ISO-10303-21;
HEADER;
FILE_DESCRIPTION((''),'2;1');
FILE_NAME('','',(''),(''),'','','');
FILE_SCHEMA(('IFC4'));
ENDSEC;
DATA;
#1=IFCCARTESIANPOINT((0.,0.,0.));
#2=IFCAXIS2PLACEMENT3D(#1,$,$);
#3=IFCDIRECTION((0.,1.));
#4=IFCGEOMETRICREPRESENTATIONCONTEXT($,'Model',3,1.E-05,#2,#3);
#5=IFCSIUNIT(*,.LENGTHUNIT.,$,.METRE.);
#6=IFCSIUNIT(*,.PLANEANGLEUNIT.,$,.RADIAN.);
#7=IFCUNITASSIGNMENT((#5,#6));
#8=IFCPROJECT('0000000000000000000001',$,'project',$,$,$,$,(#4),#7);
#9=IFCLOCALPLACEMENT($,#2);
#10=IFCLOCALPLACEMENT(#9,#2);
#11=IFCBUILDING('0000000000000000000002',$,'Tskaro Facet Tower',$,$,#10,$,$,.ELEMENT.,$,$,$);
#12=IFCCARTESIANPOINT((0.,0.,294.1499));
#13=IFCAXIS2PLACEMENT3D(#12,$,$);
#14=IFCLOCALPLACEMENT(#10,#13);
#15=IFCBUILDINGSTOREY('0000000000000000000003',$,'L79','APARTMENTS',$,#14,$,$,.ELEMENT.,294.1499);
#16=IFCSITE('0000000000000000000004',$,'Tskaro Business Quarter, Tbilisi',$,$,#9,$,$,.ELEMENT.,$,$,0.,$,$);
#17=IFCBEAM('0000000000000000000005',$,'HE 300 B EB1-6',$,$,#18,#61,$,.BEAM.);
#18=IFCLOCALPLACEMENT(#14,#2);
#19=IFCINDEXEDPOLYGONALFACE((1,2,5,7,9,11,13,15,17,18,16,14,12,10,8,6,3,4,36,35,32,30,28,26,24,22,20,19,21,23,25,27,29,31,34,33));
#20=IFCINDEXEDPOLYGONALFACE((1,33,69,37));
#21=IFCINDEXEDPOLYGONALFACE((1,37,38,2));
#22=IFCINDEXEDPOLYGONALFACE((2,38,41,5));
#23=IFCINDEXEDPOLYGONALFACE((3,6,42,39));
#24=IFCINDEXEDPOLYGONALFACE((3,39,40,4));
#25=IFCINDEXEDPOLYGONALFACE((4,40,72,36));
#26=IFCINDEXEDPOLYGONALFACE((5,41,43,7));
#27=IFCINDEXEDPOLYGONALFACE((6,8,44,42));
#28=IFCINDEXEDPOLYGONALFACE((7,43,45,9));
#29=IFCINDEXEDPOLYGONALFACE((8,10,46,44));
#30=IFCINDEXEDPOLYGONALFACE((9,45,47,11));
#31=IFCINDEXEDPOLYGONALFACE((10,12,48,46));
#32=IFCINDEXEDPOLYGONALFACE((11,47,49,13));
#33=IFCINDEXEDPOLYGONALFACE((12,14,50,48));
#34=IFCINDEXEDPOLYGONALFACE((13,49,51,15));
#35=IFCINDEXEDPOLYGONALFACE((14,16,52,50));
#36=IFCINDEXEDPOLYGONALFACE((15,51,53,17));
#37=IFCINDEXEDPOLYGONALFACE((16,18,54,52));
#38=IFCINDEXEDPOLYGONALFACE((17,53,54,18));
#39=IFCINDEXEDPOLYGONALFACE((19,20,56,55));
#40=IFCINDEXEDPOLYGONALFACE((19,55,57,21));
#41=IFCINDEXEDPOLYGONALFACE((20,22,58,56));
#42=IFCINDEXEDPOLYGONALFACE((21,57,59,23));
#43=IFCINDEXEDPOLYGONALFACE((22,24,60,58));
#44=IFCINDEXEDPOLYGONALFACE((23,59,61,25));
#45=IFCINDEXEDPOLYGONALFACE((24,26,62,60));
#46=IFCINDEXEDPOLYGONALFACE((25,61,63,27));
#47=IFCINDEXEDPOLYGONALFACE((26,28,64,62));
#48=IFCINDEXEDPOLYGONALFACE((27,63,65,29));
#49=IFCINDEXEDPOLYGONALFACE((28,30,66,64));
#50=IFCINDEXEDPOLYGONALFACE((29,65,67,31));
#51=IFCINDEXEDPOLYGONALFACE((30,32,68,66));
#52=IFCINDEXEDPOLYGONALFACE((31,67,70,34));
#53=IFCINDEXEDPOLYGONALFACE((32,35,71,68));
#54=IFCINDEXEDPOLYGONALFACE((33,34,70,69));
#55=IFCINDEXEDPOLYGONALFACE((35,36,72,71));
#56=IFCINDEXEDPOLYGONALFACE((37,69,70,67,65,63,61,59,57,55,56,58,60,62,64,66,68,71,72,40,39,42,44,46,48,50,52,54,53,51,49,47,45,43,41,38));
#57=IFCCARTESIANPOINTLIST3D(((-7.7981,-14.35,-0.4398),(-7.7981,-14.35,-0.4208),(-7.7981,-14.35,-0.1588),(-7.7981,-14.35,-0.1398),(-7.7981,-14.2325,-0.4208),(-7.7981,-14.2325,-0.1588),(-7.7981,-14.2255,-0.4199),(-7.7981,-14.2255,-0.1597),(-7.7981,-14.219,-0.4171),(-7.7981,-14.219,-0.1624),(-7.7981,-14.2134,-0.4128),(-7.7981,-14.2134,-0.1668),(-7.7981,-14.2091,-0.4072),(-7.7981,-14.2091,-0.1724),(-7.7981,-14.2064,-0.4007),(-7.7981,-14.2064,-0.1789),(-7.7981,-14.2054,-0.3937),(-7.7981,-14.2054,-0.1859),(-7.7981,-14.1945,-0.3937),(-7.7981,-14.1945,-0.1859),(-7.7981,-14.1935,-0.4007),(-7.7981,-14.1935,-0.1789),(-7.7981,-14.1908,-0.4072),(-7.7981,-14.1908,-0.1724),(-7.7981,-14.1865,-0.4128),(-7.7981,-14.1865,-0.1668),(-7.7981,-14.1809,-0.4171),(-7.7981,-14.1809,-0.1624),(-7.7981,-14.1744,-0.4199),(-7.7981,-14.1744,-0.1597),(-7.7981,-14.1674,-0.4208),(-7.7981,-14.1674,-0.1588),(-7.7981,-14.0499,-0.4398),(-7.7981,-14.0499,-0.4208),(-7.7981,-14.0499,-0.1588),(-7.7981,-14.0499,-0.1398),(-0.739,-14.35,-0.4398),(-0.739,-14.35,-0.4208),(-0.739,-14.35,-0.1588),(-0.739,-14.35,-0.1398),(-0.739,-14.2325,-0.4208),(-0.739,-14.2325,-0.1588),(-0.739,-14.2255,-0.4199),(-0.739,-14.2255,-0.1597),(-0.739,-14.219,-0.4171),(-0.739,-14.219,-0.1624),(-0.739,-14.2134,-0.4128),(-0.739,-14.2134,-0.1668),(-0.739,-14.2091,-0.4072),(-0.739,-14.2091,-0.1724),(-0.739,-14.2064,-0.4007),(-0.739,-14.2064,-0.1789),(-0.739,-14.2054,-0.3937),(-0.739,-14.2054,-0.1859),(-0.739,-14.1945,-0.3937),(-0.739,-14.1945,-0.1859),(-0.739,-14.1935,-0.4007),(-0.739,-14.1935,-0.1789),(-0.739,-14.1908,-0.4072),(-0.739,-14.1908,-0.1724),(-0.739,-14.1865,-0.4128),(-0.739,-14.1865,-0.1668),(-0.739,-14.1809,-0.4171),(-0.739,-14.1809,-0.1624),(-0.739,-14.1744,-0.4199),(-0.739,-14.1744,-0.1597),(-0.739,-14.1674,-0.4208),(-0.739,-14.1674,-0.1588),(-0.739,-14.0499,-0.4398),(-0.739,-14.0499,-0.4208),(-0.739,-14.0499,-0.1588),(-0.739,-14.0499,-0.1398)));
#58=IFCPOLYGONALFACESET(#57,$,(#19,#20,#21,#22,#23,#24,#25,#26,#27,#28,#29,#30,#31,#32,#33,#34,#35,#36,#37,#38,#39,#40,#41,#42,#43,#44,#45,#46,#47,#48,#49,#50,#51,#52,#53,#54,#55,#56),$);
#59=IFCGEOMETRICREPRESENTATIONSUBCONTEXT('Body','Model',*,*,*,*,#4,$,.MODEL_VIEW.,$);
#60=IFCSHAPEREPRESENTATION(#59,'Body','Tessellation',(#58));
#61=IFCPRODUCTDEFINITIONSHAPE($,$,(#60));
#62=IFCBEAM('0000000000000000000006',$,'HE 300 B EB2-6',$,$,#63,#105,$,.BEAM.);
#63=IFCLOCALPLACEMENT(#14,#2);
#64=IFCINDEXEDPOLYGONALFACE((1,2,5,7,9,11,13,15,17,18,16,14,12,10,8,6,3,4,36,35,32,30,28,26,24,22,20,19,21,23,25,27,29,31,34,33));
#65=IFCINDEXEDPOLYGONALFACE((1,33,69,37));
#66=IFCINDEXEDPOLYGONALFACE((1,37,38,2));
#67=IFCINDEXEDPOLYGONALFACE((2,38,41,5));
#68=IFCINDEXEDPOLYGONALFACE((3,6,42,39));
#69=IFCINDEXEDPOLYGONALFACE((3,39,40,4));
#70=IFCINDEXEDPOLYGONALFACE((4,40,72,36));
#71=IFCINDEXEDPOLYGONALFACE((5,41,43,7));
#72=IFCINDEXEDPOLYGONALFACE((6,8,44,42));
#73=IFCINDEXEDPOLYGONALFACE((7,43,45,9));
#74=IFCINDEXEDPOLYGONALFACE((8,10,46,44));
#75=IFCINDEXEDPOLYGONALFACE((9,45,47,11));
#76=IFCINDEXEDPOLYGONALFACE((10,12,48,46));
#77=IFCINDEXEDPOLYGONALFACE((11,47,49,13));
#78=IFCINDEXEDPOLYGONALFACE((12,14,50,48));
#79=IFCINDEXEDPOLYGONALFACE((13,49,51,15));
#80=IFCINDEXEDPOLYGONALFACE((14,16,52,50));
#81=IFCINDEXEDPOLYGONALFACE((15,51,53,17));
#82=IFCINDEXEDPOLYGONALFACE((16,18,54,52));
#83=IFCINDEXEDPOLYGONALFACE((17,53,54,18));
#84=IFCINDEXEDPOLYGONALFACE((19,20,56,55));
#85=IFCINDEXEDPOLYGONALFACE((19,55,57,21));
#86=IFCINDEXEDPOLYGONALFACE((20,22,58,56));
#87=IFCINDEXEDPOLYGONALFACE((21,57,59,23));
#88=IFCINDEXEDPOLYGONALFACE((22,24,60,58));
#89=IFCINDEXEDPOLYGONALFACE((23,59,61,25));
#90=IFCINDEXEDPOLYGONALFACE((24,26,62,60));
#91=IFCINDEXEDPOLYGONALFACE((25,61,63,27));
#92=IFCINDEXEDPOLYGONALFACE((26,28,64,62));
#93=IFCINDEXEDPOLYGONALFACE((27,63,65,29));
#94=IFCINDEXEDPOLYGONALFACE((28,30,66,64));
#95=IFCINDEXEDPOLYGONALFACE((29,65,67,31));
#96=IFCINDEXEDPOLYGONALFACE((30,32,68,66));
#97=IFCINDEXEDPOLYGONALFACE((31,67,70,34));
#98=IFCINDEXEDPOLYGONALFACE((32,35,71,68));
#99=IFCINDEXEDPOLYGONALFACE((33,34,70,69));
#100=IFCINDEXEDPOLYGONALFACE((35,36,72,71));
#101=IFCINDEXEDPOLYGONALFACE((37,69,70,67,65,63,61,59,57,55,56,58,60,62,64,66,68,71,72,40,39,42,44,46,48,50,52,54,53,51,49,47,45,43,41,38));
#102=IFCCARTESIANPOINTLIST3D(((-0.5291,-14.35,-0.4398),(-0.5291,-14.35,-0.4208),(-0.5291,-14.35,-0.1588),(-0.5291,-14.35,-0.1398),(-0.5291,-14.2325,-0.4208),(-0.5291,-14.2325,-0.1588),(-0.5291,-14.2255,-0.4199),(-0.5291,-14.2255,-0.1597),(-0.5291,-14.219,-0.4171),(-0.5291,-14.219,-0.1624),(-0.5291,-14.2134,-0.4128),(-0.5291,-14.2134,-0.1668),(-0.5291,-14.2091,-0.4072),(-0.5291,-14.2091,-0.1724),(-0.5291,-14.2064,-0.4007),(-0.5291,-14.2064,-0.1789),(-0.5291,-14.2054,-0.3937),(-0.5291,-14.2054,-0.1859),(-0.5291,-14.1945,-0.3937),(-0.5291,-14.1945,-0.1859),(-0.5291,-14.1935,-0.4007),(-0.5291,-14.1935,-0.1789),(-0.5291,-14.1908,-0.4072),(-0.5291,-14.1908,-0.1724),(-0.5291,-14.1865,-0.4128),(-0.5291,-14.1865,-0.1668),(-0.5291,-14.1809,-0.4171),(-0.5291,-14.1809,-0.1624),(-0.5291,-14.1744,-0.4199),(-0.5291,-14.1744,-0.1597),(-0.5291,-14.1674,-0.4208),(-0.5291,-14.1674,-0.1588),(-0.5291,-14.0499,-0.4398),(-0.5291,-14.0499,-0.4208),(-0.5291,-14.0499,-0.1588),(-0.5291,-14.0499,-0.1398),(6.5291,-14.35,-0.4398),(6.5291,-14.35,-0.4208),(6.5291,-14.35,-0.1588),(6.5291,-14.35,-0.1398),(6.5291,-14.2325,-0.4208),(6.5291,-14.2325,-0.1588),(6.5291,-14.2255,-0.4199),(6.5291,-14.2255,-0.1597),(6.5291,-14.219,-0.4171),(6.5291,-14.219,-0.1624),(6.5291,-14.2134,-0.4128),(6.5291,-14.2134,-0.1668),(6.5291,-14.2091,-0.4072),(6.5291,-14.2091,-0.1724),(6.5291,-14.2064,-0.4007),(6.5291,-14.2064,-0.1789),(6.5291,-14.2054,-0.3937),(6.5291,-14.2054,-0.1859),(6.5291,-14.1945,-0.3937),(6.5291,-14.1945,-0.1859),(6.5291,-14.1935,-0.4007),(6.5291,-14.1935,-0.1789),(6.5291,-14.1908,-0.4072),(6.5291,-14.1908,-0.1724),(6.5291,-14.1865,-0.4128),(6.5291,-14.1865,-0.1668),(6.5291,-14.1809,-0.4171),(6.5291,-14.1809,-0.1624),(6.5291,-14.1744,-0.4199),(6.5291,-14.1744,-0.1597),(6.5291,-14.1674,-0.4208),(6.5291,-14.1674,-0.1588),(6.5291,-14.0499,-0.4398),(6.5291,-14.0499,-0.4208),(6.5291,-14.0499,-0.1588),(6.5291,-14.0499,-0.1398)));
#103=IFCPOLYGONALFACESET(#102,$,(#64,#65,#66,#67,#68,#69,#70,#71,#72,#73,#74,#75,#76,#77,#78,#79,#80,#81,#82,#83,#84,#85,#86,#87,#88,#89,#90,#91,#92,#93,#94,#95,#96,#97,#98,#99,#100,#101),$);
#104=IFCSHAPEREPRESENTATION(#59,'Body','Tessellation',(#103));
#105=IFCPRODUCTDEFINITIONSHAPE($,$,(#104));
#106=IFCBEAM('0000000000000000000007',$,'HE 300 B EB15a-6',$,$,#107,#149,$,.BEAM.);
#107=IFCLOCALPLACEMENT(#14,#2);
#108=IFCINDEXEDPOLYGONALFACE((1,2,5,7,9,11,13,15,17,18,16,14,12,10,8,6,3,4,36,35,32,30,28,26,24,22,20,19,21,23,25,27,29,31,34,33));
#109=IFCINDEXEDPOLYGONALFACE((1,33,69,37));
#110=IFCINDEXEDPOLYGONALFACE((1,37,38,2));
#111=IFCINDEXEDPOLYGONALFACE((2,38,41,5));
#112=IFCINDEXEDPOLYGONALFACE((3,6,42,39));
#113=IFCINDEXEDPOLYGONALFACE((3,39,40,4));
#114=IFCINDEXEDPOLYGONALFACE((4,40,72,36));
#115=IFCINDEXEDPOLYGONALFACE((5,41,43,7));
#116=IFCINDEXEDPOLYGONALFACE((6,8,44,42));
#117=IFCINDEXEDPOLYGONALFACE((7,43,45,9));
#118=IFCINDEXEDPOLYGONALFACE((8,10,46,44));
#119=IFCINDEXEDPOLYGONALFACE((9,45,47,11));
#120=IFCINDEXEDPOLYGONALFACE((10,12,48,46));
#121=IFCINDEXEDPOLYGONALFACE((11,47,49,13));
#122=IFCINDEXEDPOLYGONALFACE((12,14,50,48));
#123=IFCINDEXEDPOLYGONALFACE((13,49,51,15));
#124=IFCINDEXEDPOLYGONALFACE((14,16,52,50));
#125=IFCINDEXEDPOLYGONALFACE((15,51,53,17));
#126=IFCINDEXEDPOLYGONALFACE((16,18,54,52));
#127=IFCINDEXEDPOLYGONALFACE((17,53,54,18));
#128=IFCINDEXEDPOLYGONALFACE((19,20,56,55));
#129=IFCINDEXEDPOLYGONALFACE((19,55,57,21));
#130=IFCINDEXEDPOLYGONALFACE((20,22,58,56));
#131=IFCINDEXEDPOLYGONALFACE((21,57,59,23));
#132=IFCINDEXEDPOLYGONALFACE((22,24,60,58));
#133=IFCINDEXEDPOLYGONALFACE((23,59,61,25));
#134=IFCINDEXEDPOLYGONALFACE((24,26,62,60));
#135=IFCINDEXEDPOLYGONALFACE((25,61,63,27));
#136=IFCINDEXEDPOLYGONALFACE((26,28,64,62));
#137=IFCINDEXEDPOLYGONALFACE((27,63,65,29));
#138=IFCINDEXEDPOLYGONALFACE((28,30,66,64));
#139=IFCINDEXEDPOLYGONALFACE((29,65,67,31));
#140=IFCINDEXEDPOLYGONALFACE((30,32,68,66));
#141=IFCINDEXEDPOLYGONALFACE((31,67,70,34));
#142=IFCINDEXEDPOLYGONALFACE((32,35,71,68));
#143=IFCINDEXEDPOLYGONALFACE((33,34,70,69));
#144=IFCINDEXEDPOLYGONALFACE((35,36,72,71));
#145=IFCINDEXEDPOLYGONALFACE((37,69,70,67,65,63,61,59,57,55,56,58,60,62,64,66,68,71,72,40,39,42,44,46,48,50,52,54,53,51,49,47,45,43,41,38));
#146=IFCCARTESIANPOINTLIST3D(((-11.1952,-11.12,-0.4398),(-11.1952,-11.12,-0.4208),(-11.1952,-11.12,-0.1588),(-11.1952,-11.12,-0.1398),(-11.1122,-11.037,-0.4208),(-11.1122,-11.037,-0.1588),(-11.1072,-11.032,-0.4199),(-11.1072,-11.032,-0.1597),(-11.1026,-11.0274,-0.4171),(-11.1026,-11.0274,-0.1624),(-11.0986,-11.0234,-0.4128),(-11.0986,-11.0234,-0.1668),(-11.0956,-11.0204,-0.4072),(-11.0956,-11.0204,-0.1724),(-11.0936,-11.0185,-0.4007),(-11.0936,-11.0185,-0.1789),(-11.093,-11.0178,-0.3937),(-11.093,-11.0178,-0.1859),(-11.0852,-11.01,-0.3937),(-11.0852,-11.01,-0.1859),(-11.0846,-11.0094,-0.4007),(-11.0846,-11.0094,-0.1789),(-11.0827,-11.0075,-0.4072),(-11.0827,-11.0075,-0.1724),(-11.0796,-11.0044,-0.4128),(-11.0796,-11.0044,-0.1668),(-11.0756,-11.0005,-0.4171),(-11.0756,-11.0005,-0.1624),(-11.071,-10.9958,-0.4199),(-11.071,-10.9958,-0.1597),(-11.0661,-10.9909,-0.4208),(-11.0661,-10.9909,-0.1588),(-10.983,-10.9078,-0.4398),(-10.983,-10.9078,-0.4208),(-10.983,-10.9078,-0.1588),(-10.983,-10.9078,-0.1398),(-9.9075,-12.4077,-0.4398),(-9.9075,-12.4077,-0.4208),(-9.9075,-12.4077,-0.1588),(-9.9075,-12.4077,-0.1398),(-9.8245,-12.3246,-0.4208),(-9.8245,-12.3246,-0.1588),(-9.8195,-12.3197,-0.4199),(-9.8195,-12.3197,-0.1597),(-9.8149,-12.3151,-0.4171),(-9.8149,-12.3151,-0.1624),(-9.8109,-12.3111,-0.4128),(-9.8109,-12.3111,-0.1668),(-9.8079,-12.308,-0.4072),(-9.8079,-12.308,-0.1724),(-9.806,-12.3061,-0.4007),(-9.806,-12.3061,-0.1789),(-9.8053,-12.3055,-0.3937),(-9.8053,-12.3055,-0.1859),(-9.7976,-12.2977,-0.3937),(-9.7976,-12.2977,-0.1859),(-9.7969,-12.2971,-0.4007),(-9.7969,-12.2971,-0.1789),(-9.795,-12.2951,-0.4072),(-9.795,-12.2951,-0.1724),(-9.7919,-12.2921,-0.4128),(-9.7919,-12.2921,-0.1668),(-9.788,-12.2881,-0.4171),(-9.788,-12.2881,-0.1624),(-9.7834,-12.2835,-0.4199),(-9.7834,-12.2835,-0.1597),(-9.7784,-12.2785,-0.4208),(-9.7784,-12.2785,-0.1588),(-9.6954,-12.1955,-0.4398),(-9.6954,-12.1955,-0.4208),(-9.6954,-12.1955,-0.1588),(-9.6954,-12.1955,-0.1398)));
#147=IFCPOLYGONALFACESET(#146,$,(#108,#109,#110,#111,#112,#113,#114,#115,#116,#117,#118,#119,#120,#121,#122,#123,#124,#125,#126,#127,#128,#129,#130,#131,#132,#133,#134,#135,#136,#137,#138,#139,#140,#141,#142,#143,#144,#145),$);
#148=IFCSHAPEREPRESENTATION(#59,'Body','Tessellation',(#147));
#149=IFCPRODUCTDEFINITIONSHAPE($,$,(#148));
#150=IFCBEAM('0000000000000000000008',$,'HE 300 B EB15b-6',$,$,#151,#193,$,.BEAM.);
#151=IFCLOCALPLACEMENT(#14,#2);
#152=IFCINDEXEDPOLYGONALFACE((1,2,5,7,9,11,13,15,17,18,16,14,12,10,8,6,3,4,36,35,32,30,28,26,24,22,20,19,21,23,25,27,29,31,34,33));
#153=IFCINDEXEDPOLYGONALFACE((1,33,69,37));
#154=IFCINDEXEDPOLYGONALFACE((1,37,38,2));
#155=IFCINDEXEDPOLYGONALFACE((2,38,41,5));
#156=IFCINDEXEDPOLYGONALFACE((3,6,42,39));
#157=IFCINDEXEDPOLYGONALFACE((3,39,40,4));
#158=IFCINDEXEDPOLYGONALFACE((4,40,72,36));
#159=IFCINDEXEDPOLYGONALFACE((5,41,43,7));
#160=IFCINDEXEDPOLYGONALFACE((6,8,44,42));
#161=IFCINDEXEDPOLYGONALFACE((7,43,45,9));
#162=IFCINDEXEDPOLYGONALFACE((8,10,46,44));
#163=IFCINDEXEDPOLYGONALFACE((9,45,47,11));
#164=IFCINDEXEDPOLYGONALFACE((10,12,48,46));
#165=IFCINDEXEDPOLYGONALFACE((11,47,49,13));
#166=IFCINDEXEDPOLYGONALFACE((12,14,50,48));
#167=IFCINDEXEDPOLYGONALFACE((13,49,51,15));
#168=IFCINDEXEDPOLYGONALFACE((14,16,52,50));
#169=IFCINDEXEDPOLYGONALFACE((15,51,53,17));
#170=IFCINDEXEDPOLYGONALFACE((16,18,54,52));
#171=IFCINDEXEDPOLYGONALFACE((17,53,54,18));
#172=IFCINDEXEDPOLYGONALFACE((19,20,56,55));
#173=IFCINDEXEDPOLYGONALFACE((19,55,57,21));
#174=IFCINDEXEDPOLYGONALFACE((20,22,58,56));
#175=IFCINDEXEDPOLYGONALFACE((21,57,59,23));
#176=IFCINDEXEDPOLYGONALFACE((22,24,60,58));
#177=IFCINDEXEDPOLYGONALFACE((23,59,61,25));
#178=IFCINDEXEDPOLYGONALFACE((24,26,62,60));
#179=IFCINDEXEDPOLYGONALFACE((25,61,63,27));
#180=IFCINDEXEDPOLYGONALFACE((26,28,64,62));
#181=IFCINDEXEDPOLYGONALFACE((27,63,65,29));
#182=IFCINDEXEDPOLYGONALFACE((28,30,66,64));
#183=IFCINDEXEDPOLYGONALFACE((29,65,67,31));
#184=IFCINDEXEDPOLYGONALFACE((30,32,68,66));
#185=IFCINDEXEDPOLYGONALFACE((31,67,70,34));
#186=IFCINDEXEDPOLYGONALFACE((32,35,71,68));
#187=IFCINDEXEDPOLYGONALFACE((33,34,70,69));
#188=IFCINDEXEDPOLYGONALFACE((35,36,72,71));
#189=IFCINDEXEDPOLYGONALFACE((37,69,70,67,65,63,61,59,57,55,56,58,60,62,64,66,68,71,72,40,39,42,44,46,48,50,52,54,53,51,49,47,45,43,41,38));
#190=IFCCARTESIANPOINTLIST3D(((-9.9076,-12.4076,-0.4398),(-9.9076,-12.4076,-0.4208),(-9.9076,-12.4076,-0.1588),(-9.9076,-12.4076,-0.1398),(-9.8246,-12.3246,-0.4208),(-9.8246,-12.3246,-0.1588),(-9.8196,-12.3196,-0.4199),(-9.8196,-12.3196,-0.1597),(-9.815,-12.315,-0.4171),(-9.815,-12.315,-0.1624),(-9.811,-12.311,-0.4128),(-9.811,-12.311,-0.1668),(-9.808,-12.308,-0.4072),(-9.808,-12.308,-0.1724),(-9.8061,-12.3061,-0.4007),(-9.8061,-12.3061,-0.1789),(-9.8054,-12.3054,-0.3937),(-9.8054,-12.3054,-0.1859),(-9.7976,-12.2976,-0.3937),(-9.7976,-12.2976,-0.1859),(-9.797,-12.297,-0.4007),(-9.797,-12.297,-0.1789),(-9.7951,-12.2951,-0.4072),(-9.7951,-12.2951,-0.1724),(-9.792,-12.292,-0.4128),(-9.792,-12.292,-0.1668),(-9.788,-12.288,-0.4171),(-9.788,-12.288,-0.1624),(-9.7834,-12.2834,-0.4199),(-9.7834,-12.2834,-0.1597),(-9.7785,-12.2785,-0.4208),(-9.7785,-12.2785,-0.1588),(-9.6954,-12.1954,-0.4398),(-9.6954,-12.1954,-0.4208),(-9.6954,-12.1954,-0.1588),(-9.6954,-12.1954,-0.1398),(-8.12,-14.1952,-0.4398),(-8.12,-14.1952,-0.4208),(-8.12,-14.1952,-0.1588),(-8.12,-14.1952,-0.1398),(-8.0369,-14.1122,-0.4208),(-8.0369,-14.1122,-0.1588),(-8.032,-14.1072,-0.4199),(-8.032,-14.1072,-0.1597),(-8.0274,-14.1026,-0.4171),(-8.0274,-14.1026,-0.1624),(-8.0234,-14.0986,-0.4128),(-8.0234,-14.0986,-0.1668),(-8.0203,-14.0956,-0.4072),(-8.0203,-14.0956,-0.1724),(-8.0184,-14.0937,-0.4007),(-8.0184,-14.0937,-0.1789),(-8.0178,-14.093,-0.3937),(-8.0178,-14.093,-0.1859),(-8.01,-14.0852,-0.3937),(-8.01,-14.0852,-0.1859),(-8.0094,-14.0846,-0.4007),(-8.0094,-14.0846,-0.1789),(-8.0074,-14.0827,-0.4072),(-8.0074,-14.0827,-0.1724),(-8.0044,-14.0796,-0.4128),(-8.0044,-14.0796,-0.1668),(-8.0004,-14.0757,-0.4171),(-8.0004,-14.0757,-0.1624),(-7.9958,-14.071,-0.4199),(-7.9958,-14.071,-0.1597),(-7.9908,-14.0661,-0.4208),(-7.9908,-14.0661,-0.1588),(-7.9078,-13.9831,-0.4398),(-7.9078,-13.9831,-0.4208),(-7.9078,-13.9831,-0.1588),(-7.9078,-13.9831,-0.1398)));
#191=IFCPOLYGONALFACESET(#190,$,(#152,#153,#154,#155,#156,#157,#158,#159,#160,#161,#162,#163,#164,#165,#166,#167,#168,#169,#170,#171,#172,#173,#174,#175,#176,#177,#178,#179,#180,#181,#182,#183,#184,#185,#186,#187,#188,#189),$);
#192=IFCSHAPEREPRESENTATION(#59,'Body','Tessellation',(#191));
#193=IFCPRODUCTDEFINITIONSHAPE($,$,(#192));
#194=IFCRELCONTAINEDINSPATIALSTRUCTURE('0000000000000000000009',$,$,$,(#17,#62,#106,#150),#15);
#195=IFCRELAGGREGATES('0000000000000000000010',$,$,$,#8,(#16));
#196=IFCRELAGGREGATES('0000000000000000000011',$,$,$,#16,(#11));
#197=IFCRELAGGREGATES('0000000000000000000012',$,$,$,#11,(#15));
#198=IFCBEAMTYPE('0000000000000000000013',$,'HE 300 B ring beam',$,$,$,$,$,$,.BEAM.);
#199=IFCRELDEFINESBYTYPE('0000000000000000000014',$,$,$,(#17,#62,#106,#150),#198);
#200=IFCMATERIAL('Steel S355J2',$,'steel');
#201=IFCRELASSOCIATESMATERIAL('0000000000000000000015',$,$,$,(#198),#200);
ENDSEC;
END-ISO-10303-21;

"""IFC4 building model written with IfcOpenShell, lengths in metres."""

from ifc_helpers import new_model, si_unit, direction, frame, origin, origin_2d, place, context, subcontext, project, spatial, i_section, extrude, material, material_profile, profile_set, type_object, element, save


model = new_model("IFC4")

# Units and contexts
model_context = context("Model", 3, precision=1e-05, world=origin(), true_north=direction((0.0, 1.0)))
body_context = subcontext(model_context, "Body", "Model", "MODEL_VIEW")
ifc_project = project(units=[si_unit("LENGTHUNIT", "METRE"), si_unit("PLANEANGLEUNIT", "RADIAN")], contexts=[model_context])

# Site, building, storey
site_placement = place(None, origin())
site = spatial("IfcSite", under=ifc_project, at=site_placement, Name="Tskaro Business Quarter, Tbilisi", CompositionType="ELEMENT", RefElevation=0.0)
building_placement = place(site_placement, origin())
building = spatial("IfcBuilding", under=site, at=building_placement, Name="Tskaro Facet Tower", CompositionType="ELEMENT")
storey_placement = place(building_placement, frame((0.0, 0.0, 294.1499)))
storey = spatial("IfcBuildingStorey", under=building, at=storey_placement, Name="L79", Description="APARTMENTS", CompositionType="ELEMENT", Elevation=294.1499)

# Shared definitions
ifc_material_1 = material(Name="Steel S355J2", Category="steel")

# Beams
ifc_material_profile_1 = material_profile(ifc_material_1, i_section(OverallWidth=0.3, OverallDepth=0.3, WebThickness=0.011, FlangeThickness=0.019, FilletRadius=0.0271, at=origin_2d()), Name="HE 300 B")
ifc_profile_set_1 = profile_set([ifc_material_profile_1], Name="Steel S355J2")
beam_type_1 = type_object("IfcBeamType", Name="HE 300 B ring beam", PredefinedType="BEAM", material=ifc_profile_set_1)
beam_1_placement = place(storey_placement, frame((-7.7981, -14.2, -0.2898), z_axis=(1.0, 0.0, 0.0), x_axis=(0.0, 1.0, 0.0)))
element("IfcBeam", 1, at=beam_1_placement, inside=storey, type_object=beam_type_1, Name="HE 300 B EB1-6", PredefinedType="BEAM", context=body_context, shape_type="SweptSolid", body=[
    extrude(i_section(OverallWidth=0.3, OverallDepth=0.3, WebThickness=0.011, FlangeThickness=0.019, FilletRadius=0.0271, at=origin_2d()), origin(), (0.0, 0.0, 1.0), 7.0591),
])
beam_2_placement = place(storey_placement, frame((-0.5291, -14.2, -0.2898), z_axis=(1.0, 0.0, 0.0), x_axis=(0.0, 1.0, 0.0)))
element("IfcBeam", 2, at=beam_2_placement, inside=storey, type_object=beam_type_1, Name="HE 300 B EB2-6", PredefinedType="BEAM", context=body_context, shape_type="SweptSolid", body=[
    extrude(i_section(OverallWidth=0.3, OverallDepth=0.3, WebThickness=0.011, FlangeThickness=0.019, FilletRadius=0.0271, at=origin_2d()), origin(), (0.0, 0.0, 1.0), 7.0581),
])
beam_3_placement = place(storey_placement, frame((-11.0891, -11.0139, -0.2898), z_axis=(0.707107, -0.707107, 0.0), x_axis=(0.707107, 0.707107, 0.0)))
element("IfcBeam", 3, at=beam_3_placement, inside=storey, type_object=beam_type_1, Name="HE 300 B EB15a-6", PredefinedType="BEAM", context=body_context, shape_type="SweptSolid", body=[
    extrude(i_section(OverallWidth=0.3, OverallDepth=0.3, WebThickness=0.011, FlangeThickness=0.019, FilletRadius=0.0271, at=origin_2d()), origin(), (0.0, 0.0, 1.0), 1.821),
])
beam_4_placement = place(storey_placement, frame((-9.8015, -12.3015, -0.2898), z_axis=(0.707107, -0.707107, 0.0), x_axis=(0.707107, 0.707107, 0.0)))
element("IfcBeam", 4, at=beam_4_placement, inside=storey, type_object=beam_type_1, Name="HE 300 B EB15b-6", PredefinedType="BEAM", context=body_context, shape_type="SweptSolid", body=[
    extrude(i_section(OverallWidth=0.3, OverallDepth=0.3, WebThickness=0.011, FlangeThickness=0.019, FilletRadius=0.0271, at=origin_2d()), origin(), (0.0, 0.0, 1.0), 2.5281),
])

save(model, "model.ifc")
